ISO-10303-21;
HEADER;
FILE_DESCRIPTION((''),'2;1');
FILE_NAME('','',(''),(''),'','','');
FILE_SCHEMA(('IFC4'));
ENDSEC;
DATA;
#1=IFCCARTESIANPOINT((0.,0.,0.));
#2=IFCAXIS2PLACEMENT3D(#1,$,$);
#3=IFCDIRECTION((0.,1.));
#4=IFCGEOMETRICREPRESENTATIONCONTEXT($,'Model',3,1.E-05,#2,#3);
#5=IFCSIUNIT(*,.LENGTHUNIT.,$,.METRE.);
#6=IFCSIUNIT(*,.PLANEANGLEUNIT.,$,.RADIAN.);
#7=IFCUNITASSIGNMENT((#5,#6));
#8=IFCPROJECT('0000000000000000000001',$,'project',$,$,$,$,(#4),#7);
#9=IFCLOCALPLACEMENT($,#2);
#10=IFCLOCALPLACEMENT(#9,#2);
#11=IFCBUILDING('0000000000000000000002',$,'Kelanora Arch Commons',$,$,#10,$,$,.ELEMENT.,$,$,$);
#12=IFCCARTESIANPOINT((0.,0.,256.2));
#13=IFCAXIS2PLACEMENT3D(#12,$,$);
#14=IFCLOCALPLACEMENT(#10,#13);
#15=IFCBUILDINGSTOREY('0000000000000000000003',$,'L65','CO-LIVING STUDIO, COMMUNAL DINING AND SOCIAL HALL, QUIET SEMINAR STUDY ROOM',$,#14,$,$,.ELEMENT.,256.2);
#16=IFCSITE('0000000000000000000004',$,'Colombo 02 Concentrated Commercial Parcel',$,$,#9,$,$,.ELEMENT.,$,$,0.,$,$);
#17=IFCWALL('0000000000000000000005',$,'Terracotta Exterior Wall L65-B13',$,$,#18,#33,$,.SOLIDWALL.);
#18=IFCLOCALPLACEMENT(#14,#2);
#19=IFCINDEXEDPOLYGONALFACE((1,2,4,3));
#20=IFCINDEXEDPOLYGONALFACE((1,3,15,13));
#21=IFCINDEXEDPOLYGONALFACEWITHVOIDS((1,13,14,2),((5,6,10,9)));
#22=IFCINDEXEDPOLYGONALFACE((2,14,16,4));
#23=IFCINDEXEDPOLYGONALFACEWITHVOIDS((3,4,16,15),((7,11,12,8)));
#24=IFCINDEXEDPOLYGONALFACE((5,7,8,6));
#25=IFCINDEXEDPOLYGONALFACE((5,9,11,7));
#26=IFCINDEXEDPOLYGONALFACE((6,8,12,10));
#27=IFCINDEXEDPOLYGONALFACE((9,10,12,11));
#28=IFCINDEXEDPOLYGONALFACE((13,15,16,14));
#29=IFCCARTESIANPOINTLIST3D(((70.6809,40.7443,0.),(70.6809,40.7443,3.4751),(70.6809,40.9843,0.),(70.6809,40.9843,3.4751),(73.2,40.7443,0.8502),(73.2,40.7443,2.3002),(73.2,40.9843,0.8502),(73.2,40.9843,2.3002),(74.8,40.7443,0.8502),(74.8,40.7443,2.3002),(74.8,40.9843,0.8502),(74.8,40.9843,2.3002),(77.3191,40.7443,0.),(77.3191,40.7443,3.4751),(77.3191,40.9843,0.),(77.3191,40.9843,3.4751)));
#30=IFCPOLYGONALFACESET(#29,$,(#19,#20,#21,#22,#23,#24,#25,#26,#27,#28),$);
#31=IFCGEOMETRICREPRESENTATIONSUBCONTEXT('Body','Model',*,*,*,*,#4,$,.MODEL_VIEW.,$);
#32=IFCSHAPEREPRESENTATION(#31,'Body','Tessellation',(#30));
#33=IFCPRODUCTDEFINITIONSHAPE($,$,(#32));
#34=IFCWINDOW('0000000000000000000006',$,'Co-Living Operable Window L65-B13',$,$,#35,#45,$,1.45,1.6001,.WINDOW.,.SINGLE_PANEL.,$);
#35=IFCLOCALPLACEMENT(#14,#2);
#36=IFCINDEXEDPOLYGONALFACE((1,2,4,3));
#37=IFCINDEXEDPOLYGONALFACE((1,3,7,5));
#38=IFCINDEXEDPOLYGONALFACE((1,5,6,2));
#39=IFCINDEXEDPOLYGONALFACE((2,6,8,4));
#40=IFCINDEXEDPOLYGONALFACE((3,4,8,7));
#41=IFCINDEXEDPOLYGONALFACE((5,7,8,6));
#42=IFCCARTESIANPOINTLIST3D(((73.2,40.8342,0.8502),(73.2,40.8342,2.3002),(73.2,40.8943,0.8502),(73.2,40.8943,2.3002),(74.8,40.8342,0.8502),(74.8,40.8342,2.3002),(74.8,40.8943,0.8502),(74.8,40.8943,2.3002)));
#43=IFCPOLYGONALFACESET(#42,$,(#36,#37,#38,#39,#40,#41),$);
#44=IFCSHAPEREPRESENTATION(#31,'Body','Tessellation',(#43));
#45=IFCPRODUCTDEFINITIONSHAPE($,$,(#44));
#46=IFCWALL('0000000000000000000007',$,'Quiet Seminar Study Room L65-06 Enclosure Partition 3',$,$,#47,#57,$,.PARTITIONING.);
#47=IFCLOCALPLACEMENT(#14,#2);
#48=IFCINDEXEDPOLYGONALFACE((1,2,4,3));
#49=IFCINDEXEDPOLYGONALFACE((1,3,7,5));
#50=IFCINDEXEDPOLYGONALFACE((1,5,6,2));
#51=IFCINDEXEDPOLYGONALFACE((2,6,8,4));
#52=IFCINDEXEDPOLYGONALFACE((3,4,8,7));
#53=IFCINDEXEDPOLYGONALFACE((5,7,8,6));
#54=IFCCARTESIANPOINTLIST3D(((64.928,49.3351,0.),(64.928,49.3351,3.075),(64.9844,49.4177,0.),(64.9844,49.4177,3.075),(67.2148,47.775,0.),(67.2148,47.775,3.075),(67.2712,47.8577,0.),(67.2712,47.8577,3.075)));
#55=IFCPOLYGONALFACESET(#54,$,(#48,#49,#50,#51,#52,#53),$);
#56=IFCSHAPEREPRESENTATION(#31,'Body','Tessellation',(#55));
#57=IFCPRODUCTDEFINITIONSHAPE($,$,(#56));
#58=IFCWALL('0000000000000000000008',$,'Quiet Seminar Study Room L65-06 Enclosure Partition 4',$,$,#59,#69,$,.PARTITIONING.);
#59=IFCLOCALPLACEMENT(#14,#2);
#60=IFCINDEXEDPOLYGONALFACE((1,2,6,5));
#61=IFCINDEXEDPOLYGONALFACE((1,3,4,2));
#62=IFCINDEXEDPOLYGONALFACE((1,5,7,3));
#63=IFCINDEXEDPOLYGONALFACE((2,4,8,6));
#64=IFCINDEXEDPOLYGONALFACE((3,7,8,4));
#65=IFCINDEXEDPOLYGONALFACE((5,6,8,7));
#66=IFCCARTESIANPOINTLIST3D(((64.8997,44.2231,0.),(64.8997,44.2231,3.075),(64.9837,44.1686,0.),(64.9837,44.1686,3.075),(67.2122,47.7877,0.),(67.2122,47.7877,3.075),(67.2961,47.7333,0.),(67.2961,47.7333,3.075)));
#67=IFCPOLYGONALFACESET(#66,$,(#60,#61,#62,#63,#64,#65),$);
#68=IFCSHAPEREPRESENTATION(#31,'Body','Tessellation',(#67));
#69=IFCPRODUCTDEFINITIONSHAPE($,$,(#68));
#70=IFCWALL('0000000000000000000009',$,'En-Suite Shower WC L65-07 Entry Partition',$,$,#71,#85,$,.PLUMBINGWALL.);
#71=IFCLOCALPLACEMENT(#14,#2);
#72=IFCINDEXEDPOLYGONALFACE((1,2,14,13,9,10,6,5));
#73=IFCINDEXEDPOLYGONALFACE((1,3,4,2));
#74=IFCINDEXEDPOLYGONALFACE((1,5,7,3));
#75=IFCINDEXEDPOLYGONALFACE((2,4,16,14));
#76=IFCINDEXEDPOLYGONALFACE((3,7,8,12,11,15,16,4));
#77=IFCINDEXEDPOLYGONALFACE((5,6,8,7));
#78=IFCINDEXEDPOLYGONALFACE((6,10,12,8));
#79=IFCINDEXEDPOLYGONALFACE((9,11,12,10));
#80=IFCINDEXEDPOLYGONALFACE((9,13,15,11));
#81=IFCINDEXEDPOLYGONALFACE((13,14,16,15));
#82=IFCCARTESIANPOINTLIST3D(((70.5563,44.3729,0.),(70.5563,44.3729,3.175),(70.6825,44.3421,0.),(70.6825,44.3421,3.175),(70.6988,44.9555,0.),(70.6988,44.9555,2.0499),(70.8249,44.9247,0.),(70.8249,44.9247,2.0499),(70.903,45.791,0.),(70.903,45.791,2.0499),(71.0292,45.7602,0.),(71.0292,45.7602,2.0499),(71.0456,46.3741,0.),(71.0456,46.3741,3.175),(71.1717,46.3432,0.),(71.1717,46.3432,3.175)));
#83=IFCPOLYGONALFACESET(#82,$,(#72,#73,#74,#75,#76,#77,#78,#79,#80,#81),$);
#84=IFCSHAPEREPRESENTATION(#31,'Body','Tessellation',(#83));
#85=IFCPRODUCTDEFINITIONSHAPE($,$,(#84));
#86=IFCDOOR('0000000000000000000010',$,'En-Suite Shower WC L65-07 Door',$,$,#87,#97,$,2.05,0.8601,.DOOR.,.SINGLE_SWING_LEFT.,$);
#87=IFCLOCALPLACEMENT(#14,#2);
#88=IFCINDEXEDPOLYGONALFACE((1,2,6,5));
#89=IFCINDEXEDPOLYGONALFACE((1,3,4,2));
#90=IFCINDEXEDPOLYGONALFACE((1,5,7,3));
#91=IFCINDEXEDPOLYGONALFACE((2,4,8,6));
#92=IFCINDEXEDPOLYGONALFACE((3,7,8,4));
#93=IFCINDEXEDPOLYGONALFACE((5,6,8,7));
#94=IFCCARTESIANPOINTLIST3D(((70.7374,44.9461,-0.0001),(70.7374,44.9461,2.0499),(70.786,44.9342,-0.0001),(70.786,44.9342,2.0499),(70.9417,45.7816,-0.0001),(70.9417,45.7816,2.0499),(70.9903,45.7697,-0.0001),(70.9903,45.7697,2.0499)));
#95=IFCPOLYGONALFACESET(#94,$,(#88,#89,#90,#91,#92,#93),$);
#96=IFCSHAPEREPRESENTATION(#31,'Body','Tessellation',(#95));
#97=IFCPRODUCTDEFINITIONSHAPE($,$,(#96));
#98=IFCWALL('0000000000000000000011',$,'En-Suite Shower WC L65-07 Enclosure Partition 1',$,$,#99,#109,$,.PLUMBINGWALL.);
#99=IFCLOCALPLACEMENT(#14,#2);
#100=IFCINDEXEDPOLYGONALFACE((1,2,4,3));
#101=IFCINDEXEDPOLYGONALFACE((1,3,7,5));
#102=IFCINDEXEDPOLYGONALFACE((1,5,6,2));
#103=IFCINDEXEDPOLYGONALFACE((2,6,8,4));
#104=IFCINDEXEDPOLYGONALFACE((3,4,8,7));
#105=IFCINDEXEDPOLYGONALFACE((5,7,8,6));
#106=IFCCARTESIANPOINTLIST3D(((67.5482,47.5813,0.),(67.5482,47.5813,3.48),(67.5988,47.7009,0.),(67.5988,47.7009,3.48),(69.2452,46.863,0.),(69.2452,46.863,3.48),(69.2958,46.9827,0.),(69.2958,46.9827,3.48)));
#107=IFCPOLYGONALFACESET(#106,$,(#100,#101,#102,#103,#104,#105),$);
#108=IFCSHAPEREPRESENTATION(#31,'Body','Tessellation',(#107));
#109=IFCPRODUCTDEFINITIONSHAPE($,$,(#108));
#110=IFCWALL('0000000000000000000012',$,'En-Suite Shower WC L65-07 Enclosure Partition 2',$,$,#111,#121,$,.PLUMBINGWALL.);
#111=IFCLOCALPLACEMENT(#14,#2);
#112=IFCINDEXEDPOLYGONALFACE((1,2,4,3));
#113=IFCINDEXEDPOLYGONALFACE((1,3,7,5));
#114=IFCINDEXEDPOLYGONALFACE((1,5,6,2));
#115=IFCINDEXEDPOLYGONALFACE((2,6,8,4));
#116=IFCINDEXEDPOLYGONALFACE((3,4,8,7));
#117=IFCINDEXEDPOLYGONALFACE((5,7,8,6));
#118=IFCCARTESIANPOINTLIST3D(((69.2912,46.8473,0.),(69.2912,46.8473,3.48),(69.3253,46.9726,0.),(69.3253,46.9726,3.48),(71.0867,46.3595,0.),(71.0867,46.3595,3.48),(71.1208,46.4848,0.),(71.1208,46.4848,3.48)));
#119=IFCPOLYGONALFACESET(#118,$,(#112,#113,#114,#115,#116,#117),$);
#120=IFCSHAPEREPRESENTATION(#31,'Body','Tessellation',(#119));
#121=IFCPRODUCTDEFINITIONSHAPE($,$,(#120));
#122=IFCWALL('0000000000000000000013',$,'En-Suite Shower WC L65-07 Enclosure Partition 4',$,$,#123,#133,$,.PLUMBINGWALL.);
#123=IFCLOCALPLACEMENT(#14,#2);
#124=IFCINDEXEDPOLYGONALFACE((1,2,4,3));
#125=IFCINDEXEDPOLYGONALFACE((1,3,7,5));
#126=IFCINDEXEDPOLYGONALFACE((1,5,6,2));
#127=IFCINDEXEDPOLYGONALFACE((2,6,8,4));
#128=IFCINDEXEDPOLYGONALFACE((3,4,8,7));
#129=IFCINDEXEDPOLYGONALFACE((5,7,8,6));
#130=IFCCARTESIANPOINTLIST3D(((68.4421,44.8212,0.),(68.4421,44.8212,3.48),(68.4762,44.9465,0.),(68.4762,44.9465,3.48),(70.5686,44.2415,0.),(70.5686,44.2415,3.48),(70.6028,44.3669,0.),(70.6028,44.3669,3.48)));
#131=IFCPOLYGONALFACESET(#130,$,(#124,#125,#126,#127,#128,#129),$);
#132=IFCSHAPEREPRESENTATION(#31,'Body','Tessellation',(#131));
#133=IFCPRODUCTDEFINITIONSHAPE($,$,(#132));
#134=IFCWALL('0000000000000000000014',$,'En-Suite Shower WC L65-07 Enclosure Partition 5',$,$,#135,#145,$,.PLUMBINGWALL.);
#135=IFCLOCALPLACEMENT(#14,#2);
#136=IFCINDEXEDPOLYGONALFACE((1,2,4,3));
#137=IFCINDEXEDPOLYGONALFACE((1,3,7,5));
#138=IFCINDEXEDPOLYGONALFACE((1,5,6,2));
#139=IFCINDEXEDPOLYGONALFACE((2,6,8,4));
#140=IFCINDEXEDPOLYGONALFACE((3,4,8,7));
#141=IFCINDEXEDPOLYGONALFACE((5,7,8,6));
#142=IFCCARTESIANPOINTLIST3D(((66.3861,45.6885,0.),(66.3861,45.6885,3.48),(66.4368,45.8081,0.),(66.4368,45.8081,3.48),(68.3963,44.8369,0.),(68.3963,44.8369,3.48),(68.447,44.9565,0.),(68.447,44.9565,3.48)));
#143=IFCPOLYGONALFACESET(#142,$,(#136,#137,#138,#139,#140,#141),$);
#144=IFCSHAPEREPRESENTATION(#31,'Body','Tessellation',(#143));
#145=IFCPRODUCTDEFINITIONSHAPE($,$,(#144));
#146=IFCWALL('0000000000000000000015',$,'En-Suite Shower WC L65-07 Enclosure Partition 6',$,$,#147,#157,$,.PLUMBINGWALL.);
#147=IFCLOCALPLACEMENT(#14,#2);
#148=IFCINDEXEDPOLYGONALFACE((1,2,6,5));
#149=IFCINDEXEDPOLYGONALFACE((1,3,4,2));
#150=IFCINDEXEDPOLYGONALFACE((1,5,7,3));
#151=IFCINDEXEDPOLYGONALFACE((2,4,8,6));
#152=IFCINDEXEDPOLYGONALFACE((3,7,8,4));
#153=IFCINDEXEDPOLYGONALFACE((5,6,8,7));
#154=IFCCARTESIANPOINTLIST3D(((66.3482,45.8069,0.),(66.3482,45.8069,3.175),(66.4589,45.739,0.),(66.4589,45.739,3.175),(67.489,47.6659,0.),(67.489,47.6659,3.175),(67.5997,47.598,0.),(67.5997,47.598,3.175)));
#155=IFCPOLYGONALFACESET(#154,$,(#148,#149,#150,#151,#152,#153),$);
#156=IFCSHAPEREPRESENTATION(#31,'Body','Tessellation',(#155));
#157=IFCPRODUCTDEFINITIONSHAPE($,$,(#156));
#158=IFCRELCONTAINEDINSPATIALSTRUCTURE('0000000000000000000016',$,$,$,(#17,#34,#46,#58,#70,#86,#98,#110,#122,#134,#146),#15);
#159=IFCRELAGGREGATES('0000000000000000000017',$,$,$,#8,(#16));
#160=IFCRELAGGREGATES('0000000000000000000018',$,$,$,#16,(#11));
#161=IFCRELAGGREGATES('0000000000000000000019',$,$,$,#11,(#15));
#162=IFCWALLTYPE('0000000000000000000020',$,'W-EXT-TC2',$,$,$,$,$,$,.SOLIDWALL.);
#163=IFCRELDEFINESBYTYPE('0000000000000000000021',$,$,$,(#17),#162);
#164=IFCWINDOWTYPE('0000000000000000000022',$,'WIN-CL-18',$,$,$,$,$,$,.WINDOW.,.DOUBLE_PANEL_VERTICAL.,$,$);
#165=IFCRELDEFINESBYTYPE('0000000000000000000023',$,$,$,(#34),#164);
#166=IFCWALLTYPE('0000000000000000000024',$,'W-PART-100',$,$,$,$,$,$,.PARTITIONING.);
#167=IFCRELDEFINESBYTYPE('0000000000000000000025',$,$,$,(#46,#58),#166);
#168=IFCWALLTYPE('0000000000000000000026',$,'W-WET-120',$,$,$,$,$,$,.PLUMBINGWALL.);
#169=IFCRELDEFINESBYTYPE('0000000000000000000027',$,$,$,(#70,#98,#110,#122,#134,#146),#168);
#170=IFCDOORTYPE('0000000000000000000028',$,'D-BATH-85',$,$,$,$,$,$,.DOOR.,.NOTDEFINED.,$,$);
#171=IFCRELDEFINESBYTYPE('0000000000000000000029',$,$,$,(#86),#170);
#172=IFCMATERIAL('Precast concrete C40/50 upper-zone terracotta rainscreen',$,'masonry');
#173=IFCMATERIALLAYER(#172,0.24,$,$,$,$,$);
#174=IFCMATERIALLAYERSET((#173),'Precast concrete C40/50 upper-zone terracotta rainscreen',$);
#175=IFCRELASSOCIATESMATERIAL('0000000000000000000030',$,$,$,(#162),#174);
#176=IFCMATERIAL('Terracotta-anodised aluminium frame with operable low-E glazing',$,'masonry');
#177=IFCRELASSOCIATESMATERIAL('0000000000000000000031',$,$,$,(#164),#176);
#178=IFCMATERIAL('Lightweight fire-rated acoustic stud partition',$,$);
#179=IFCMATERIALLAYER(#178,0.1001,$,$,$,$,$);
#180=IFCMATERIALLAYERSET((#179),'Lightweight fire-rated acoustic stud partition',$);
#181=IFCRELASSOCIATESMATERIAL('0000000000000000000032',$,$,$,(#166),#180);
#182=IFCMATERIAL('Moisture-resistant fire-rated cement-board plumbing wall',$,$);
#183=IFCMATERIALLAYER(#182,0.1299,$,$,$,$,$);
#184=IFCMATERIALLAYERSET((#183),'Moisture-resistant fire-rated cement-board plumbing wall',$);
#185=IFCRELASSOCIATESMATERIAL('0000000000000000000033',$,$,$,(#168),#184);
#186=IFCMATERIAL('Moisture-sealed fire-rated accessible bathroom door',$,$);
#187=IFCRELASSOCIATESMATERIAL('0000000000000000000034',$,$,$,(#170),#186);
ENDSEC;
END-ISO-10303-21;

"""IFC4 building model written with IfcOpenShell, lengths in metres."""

from ifc_helpers import new_model, si_unit, direction, frame, frame_2d, origin, place, context, subcontext, project, spatial, rectangle, extrude, material, layer, layer_set, type_object, element, fill, save


model = new_model("IFC4")

# Units and contexts
model_context = context("Model", 3, precision=1e-05, world=origin(), true_north=direction((0.0, 1.0)))
body_context = subcontext(model_context, "Body", "Model", "MODEL_VIEW")
ifc_project = project(units=[si_unit("LENGTHUNIT", "METRE"), si_unit("PLANEANGLEUNIT", "RADIAN")], contexts=[model_context])

# Site, building, storey
site_placement = place(None, origin())
site = spatial("IfcSite", under=ifc_project, at=site_placement, Name="Colombo 02 Concentrated Commercial Parcel", CompositionType="ELEMENT", RefElevation=0.0)
building_placement = place(site_placement, origin())
building = spatial("IfcBuilding", under=site, at=building_placement, Name="Kelanora Arch Commons", CompositionType="ELEMENT")
storey_placement = place(building_placement, frame((0.0, 0.0, 256.2)))
storey = spatial("IfcBuildingStorey", under=building, at=storey_placement, Name="L65", Description="CO-LIVING STUDIO, COMMUNAL DINING AND SOCIAL HALL, QUIET SEMINAR STUDY ROOM", CompositionType="ELEMENT", Elevation=256.2)

# Wall, opening, window
ifc_material_1 = material(Name="Precast concrete C40/50 upper-zone terracotta rainscreen", Category="masonry")
ifc_layer_1 = layer(ifc_material_1, 0.24)
ifc_layer_set_1 = layer_set([ifc_layer_1], Name="Precast concrete C40/50 upper-zone terracotta rainscreen")
wall_type_1 = type_object("IfcWallType", Name="W-EXT-TC2", PredefinedType="SOLIDWALL", material=ifc_layer_set_1)
wall_1_placement = place(storey_placement, frame((70.6809, 40.8643, 0.0), z_axis=(0.0, 0.0, 1.0), x_axis=(1.0, 0.0, 0.0)))
wall_1 = element("IfcWall", 1, at=wall_1_placement, inside=storey, type_object=wall_type_1, Name="Terracotta Exterior Wall L65-B13", PredefinedType="SOLIDWALL", context=body_context, shape_type="SweptSolid", body=[
    extrude(rectangle(XDim=6.6382, YDim=0.24, at=frame_2d((3.3191, 0.0))), origin(), (0.0, 0.0, 1.0), 3.4751),
])
opening_1_placement = place(wall_1_placement, frame((2.519, 0.0, 0.8501)))
opening_1 = element("IfcOpeningElement", 2, at=opening_1_placement, cuts=wall_1, PredefinedType="OPENING", context=body_context, shape_type="SweptSolid", body=[
    extrude(rectangle(XDim=1.6001, YDim=1.45, at=frame_2d((0.8, 0.7251))), frame((0.0, 0.1299, 0.0), z_axis=(0.0, -1.0, 0.0), x_axis=(1.0, 0.0, 0.0)), (0.0, 0.0, 1.0), 0.26),
])
ifc_material_2 = material(Name="Terracotta-anodised aluminium frame with operable low-E glazing", Category="masonry")
window_type = type_object("IfcWindowType", Name="WIN-CL-18", PartitioningType="DOUBLE_PANEL_VERTICAL", PredefinedType="WINDOW", material=ifc_material_2)
window_placement = place(opening_1_placement, origin())
window = element("IfcWindow", 3, at=window_placement, inside=storey, type_object=window_type, Name="Co-Living Operable Window L65-B13", OverallHeight=1.45, OverallWidth=1.6001, PartitioningType="SINGLE_PANEL", PredefinedType="WINDOW", context=body_context, shape_type="SweptSolid", body=[
    extrude(rectangle(XDim=1.6001, YDim=1.45, at=frame_2d((0.8, 0.7251))), frame((0.0, 0.03, 0.0), z_axis=(0.0, -1.0, 0.0), x_axis=(1.0, 0.0, 0.0)), (0.0, 0.0, 1.0), 0.0601),
])
fill(opening_1, window)

# Walls
ifc_material_3 = material(Name="Lightweight fire-rated acoustic stud partition")
ifc_layer_2 = layer(ifc_material_3, 0.1001)
ifc_layer_set_2 = layer_set([ifc_layer_2], Name="Lightweight fire-rated acoustic stud partition")
wall_type_2 = type_object("IfcWallType", Name="W-PART-100", PredefinedType="PARTITIONING", material=ifc_layer_set_2)
wall_2_placement = place(storey_placement, frame((64.9561, 49.3765, 0.0), z_axis=(0.0, 0.0, 1.0), x_axis=(0.826087, -0.563542, 0.0)))
element("IfcWall", 4, at=wall_2_placement, inside=storey, type_object=wall_type_2, Name="Quiet Seminar Study Room L65-06 Enclosure Partition 3", PredefinedType="PARTITIONING", context=body_context, shape_type="SweptSolid", body=[
    extrude(rectangle(XDim=2.7683, YDim=0.1001, at=frame_2d((1.3843, 0.0))), origin(), (0.0, 0.0, 1.0), 3.075),
])
wall_3_placement = place(storey_placement, frame((67.2542, 47.7605, 0.0), z_axis=(0.0, 0.0, 1.0), x_axis=(-0.544235, -0.838933, 0.0)))
element("IfcWall", 5, at=wall_3_placement, inside=storey, type_object=wall_type_2, Name="Quiet Seminar Study Room L65-06 Enclosure Partition 4", PredefinedType="PARTITIONING", context=body_context, shape_type="SweptSolid", body=[
    extrude(rectangle(XDim=4.249, YDim=0.1001, at=frame_2d((2.1245, 0.0))), origin(), (0.0, 0.0, 1.0), 3.075),
])

# Wall, opening, door
ifc_material_4 = material(Name="Moisture-resistant fire-rated cement-board plumbing wall")
ifc_layer_3 = layer(ifc_material_4, 0.1299)
ifc_layer_set_3 = layer_set([ifc_layer_3], Name="Moisture-resistant fire-rated cement-board plumbing wall")
wall_type_3 = type_object("IfcWallType", Name="W-WET-120", PredefinedType="PLUMBINGWALL", material=ifc_layer_set_3)
wall_4_placement = place(storey_placement, frame((71.1086, 46.3586, 0.0), z_axis=(0.0, 0.0, 1.0), x_axis=(-0.237485, -0.971391, 0.0)))
wall_4 = element("IfcWall", 6, at=wall_4_placement, inside=storey, type_object=wall_type_3, Name="En-Suite Shower WC L65-07 Entry Partition", PredefinedType="PLUMBINGWALL", context=body_context, shape_type="SweptSolid", body=[
    extrude(rectangle(XDim=2.0601, YDim=0.1299, at=frame_2d((1.03, 0.0))), origin(), (0.0, 0.0, 1.0), 3.175),
])
opening_2_placement = place(wall_4_placement, frame((0.6001, 0.0, 0.0)))
opening_2 = element("IfcOpeningElement", 7, at=opening_2_placement, cuts=wall_4, PredefinedType="OPENING", context=body_context, shape_type="SweptSolid", body=[
    extrude(rectangle(XDim=0.8601, YDim=2.05, at=frame_2d((0.4302, 1.0249))), frame((0.0, 0.075, 0.0), z_axis=(0.0, -1.0, 0.0), x_axis=(1.0, 0.0, 0.0)), (0.0, 0.0, 1.0), 0.1499),
])
ifc_material_5 = material(Name="Moisture-sealed fire-rated accessible bathroom door")
door_type_1 = type_object("IfcDoorType", Name="D-BATH-85", OperationType="NOTDEFINED", PredefinedType="DOOR", material=ifc_material_5)
door_1_placement = place(opening_2_placement, origin())
door_1 = element("IfcDoor", 8, at=door_1_placement, inside=storey, type_object=door_type_1, Name="En-Suite Shower WC L65-07 Door", OperationType="SINGLE_SWING_LEFT", OverallHeight=2.05, OverallWidth=0.8601, PredefinedType="DOOR", context=body_context, shape_type="SweptSolid", body=[
    extrude(rectangle(XDim=0.8601, YDim=2.05, at=frame_2d((0.4302, 1.0249))), frame((0.0, 0.0249, 0.0), z_axis=(0.0, -1.0, 0.0), x_axis=(1.0, 0.0, 0.0)), (0.0, 0.0, 1.0), 0.05),
])
fill(opening_2, door_1)

# Walls
wall_5_placement = place(storey_placement, frame((67.5735, 47.6411, 0.0), z_axis=(0.0, 0.0, 1.0), x_axis=(0.920911, -0.389774, 0.0)))
element("IfcWall", 9, at=wall_5_placement, inside=storey, type_object=wall_type_3, Name="En-Suite Shower WC L65-07 Enclosure Partition 1", PredefinedType="PLUMBINGWALL", context=body_context, shape_type="SweptSolid", body=[
    extrude(rectangle(XDim=1.8428, YDim=0.1299, at=frame_2d((0.9214, 0.0))), origin(), (0.0, 0.0, 1.0), 3.48),
])
wall_6_placement = place(storey_placement, frame((69.3083, 46.9099, 0.0), z_axis=(0.0, 0.0, 1.0), x_axis=(0.965018, -0.262185, 0.0)))
element("IfcWall", 10, at=wall_6_placement, inside=storey, type_object=wall_type_3, Name="En-Suite Shower WC L65-07 Enclosure Partition 2", PredefinedType="PLUMBINGWALL", context=body_context, shape_type="SweptSolid", body=[
    extrude(rectangle(XDim=1.8606, YDim=0.1299, at=frame_2d((0.9302, 0.0))), origin(), (0.0, 0.0, 1.0), 3.48),
])
wall_7_placement = place(storey_placement, frame((70.5857, 44.3042, 0.0), z_axis=(0.0, 0.0, 1.0), x_axis=(-0.964805, 0.262967, 0.0)))
element("IfcWall", 11, at=wall_7_placement, inside=storey, type_object=wall_type_3, Name="En-Suite Shower WC L65-07 Enclosure Partition 4", PredefinedType="PLUMBINGWALL", context=body_context, shape_type="SweptSolid", body=[
    extrude(rectangle(XDim=2.2041, YDim=0.1299, at=frame_2d((1.1021, 0.0))), origin(), (0.0, 0.0, 1.0), 3.48),
])
wall_8_placement = place(storey_placement, frame((68.4216, 44.8967, 0.0), z_axis=(0.0, 0.0, 1.0), x_axis=(-0.920791, 0.390056, 0.0)))
element("IfcWall", 12, at=wall_8_placement, inside=storey, type_object=wall_type_3, Name="En-Suite Shower WC L65-07 Enclosure Partition 5", PredefinedType="PLUMBINGWALL", context=body_context, shape_type="SweptSolid", body=[
    extrude(rectangle(XDim=2.1831, YDim=0.1299, at=frame_2d((1.0916, 0.0))), origin(), (0.0, 0.0, 1.0), 3.48),
])
wall_9_placement = place(storey_placement, frame((66.4036, 45.7729, 0.0), z_axis=(0.0, 0.0, 1.0), x_axis=(0.523029, 0.852315, 0.0)))
element("IfcWall", 13, at=wall_9_placement, inside=storey, type_object=wall_type_3, Name="En-Suite Shower WC L65-07 Enclosure Partition 6", PredefinedType="PLUMBINGWALL", context=body_context, shape_type="SweptSolid", body=[
    extrude(rectangle(XDim=2.1812, YDim=0.1299, at=frame_2d((1.0906, 0.0))), origin(), (0.0, 0.0, 1.0), 3.175),
])

save(model, "model.ifc")
